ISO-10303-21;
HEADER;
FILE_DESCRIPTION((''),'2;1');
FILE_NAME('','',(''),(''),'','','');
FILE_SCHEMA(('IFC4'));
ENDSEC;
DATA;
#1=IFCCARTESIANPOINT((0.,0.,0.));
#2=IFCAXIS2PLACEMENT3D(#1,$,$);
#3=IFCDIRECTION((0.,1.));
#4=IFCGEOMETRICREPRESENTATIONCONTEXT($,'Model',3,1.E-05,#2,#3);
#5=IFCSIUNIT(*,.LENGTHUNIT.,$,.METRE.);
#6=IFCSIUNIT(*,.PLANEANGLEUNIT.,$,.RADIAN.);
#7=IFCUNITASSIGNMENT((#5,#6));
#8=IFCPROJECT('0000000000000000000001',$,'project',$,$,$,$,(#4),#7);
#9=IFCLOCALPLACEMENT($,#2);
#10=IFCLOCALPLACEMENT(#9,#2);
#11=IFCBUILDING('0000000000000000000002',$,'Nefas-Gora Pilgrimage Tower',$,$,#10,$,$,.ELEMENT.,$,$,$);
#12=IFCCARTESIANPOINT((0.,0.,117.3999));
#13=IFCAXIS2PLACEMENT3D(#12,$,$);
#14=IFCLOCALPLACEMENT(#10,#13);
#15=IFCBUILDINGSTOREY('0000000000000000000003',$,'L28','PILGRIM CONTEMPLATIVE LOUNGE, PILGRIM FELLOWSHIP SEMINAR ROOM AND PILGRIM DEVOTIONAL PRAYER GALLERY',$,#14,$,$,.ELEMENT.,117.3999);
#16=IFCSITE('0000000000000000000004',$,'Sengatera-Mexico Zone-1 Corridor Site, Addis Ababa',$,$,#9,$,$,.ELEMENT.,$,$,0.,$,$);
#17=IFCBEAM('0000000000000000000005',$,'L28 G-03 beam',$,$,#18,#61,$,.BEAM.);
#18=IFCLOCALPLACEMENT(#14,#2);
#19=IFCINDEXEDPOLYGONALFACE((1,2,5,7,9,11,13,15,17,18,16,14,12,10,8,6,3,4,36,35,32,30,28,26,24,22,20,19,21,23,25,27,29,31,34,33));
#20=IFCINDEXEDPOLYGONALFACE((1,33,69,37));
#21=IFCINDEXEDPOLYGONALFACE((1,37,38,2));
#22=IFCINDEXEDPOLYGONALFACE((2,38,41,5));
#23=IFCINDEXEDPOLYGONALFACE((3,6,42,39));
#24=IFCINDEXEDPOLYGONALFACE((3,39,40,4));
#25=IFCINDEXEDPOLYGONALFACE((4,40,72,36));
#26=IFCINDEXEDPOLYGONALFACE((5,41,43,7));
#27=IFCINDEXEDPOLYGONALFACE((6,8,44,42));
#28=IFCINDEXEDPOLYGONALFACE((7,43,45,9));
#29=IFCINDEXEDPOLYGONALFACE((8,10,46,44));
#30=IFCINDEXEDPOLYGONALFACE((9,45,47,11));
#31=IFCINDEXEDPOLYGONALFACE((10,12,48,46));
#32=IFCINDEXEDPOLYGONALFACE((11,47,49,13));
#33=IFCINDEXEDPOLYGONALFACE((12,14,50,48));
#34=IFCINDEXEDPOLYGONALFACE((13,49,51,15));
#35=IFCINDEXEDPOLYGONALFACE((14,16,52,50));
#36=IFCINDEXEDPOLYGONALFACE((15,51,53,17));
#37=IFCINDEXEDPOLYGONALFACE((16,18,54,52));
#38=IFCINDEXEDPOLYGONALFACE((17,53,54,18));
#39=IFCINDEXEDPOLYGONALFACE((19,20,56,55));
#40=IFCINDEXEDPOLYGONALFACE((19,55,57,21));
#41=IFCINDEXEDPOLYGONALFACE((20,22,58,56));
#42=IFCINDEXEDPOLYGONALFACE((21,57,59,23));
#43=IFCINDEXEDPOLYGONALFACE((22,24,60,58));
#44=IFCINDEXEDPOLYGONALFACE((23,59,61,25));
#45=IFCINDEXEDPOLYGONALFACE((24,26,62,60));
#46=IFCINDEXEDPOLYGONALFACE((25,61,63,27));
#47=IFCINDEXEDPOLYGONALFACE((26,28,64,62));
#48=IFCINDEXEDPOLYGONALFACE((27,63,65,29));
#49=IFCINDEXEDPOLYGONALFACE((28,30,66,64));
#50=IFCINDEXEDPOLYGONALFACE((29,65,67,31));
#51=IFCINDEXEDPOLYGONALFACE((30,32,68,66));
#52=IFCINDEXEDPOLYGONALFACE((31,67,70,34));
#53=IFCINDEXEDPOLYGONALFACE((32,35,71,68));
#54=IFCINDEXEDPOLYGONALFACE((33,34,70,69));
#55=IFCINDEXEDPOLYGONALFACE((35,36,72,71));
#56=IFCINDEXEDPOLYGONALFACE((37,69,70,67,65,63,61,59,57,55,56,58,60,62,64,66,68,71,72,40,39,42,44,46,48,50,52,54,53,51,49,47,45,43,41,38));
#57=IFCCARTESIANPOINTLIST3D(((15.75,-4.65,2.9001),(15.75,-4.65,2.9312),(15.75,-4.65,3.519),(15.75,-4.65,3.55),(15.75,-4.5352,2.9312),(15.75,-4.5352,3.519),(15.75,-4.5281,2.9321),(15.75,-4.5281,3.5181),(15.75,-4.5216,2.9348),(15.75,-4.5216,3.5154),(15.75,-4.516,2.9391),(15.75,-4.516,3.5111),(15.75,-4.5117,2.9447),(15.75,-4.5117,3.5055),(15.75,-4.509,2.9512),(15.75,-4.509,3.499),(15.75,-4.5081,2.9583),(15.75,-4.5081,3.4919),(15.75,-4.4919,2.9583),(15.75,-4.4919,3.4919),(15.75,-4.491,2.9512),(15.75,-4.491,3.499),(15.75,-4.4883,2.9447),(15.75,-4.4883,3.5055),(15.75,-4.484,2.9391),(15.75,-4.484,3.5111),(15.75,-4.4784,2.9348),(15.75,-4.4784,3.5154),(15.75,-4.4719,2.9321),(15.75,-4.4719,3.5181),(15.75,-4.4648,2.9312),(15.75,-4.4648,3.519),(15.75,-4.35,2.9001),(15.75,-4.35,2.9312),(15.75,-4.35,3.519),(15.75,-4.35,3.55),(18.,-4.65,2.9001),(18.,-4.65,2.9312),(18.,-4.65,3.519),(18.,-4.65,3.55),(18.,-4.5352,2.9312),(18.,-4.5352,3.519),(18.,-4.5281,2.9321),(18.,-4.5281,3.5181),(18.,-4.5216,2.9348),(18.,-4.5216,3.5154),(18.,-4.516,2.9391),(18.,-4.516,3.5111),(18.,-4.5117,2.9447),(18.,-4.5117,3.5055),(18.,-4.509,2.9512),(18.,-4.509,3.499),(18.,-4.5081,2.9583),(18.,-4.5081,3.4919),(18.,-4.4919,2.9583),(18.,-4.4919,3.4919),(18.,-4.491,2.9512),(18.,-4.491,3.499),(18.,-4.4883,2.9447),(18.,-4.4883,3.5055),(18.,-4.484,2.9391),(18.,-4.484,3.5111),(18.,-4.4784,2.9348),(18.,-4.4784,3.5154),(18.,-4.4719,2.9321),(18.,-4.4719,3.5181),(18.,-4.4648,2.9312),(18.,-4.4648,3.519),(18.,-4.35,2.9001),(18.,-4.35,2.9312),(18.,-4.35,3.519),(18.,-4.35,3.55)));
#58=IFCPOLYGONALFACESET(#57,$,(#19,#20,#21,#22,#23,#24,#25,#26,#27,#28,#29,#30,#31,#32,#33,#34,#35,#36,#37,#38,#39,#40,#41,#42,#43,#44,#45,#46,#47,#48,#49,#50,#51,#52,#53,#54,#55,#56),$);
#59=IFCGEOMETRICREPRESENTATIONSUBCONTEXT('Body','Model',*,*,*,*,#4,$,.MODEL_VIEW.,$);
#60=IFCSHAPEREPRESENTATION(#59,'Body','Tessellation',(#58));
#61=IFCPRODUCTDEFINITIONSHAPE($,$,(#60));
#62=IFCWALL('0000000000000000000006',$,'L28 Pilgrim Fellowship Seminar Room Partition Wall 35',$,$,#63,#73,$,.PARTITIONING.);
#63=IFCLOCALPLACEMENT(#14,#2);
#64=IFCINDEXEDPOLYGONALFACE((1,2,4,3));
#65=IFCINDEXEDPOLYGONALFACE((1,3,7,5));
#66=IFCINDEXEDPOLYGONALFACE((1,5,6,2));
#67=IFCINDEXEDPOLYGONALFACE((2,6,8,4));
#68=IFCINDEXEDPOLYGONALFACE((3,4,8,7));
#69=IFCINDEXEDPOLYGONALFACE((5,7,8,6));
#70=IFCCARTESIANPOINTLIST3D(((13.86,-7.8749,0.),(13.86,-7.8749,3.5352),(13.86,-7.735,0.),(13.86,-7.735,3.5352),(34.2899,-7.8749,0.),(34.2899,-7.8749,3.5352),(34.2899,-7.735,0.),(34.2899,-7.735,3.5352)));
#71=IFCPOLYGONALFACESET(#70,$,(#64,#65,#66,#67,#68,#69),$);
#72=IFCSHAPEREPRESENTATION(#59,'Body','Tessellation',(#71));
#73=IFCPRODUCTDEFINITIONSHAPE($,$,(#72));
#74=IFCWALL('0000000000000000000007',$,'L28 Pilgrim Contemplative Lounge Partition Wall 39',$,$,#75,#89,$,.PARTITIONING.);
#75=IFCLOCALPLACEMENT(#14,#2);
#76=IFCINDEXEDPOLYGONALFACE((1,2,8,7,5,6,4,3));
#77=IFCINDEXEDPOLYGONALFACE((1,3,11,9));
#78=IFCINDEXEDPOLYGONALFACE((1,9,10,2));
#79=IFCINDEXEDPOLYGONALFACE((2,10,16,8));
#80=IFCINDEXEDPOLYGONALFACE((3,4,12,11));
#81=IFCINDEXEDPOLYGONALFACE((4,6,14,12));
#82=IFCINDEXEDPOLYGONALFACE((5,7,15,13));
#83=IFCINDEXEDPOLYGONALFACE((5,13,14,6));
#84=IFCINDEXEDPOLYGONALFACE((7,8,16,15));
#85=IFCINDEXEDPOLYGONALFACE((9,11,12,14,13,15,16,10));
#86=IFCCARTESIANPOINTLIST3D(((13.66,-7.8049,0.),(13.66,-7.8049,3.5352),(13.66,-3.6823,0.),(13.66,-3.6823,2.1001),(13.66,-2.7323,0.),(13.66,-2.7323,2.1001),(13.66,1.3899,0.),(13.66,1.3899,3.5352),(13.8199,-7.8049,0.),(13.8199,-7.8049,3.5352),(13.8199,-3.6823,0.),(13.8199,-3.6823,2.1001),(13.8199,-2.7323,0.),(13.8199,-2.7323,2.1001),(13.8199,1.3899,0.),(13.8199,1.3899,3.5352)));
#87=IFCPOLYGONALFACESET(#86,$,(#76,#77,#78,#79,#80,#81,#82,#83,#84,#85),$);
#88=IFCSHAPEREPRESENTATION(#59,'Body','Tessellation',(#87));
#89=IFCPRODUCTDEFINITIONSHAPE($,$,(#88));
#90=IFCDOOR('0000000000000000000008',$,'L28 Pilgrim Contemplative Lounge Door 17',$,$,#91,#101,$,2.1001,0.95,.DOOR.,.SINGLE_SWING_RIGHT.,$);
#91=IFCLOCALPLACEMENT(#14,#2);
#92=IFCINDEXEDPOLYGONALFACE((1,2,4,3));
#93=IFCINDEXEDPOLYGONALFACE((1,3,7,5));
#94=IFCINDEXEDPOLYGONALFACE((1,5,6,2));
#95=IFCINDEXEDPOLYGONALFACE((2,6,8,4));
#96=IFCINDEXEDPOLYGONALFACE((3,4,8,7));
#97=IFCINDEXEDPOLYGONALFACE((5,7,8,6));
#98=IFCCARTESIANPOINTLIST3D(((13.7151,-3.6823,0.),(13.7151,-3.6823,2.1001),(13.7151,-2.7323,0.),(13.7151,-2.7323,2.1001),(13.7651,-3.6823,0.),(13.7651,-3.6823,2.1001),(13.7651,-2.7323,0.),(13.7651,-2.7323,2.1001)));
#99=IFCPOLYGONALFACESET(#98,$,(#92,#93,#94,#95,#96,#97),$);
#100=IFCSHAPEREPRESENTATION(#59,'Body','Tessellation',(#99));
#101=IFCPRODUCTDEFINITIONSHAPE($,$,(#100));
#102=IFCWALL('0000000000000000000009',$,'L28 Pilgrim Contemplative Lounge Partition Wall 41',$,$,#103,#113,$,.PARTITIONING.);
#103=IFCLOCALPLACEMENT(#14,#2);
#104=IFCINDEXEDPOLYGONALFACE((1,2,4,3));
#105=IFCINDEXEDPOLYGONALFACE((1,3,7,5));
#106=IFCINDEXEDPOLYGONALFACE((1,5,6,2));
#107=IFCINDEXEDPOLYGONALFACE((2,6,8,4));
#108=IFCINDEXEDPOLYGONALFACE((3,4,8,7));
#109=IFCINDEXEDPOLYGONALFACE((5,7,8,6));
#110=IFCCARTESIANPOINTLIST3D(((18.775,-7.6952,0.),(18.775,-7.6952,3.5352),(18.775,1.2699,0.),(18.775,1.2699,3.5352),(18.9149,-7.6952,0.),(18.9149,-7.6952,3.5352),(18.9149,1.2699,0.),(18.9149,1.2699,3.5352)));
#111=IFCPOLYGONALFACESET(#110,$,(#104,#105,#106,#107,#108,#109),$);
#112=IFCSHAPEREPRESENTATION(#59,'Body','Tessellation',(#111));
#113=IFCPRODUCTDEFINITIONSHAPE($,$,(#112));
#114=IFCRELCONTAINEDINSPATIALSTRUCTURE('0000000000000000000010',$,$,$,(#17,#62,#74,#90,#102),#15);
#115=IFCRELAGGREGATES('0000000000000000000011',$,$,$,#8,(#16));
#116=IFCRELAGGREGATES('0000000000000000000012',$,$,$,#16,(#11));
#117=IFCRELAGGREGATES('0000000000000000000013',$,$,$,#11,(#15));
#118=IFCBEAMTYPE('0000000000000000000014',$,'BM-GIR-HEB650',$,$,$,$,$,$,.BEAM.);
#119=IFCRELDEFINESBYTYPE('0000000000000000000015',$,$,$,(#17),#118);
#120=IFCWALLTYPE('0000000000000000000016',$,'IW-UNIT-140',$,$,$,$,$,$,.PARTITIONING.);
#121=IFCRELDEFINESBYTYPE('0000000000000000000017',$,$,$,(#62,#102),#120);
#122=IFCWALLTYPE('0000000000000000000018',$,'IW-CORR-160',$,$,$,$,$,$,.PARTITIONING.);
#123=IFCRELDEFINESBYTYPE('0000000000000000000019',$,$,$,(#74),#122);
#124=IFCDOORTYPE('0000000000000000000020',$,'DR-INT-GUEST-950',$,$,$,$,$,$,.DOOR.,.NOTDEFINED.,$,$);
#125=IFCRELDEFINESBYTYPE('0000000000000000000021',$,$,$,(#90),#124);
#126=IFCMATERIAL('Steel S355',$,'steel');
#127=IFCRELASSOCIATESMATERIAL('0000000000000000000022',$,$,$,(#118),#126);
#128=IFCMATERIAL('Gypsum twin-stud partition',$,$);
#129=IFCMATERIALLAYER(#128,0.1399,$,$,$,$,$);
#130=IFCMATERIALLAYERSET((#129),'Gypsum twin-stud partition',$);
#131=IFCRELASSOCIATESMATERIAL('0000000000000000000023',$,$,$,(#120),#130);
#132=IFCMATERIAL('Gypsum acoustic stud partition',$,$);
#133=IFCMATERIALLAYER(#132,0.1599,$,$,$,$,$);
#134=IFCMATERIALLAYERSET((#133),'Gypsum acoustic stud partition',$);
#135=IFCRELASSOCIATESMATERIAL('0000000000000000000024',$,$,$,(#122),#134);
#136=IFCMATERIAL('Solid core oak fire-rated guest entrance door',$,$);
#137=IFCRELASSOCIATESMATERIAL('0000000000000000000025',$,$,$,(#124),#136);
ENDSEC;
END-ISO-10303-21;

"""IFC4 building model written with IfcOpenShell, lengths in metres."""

from ifc_helpers import new_model, si_unit, direction, frame, frame_2d, origin, origin_2d, place, context, subcontext, project, spatial, rectangle, i_section, extrude, source, transform, mapped, material, layer, layer_set, material_profile, profile_set, type_object, element, fill, save


model = new_model("IFC4")

# Units and contexts
model_context = context("Model", 3, precision=1e-05, world=origin(), true_north=direction((0.0, 1.0)))
body_context = subcontext(model_context, "Body", "Model", "MODEL_VIEW")
ifc_project = project(units=[si_unit("LENGTHUNIT", "METRE"), si_unit("PLANEANGLEUNIT", "RADIAN")], contexts=[model_context])

# Site, building, storey
site_placement = place(None, origin())
site = spatial("IfcSite", under=ifc_project, at=site_placement, Name="Sengatera-Mexico Zone-1 Corridor Site, Addis Ababa", CompositionType="ELEMENT", RefElevation=0.0)
building_placement = place(site_placement, origin())
building = spatial("IfcBuilding", under=site, at=building_placement, Name="Nefas-Gora Pilgrimage Tower", CompositionType="ELEMENT")
storey_placement = place(building_placement, frame((0.0, 0.0, 117.3999)))
storey = spatial("IfcBuildingStorey", under=building, at=storey_placement, Name="L28", Description="PILGRIM CONTEMPLATIVE LOUNGE, PILGRIM FELLOWSHIP SEMINAR ROOM AND PILGRIM DEVOTIONAL PRAYER GALLERY", CompositionType="ELEMENT", Elevation=117.3999)

# Beam
ifc_material_1 = material(Name="Steel S355", Category="steel")
ifc_material_profile_1 = material_profile(ifc_material_1, i_section(OverallWidth=0.3, OverallDepth=0.6499, WebThickness=0.0161, FlangeThickness=0.031, FilletRadius=0.0271, at=origin_2d()), Name="HEB 650")
ifc_profile_set_1 = profile_set([ifc_material_profile_1], Name="Steel S355")
beam_type_1 = type_object("IfcBeamType", Name="BM-GIR-HEB650", PredefinedType="BEAM", material=ifc_profile_set_1)
shared_shape_1 = source(origin(), body_context, "Body", "SweptSolid", [
    extrude(i_section(OverallWidth=0.3, OverallDepth=0.6499, WebThickness=0.0161, FlangeThickness=0.031, FilletRadius=0.0271, at=origin_2d()), origin(), (0.0, 0.0, 1.0), 2.25),
])
for number, where, z_axis, x_axis, name in (
    (1, (15.75, -4.5, 3.2251), (1.0, 0.0, 0.0), (0.0, 1.0, 0.0), "L28 G-03 beam"),
):
    element("IfcBeam", number, at=place(storey_placement, frame(where, z_axis=z_axis, x_axis=x_axis)), inside=storey, type_object=beam_type_1, Name=name, PredefinedType="BEAM", context=body_context, shape_type="MappedRepresentation", body=[
        mapped(shared_shape_1, transform((0.0, 0.0, 0.0), x_axis=(1.0, 0.0, 0.0), y_axis=(0.0, 1.0, 0.0), z_axis=(0.0, 0.0, 1.0), scale=1.0)),
    ])

# Wall
ifc_material_2 = material(Name="Gypsum twin-stud partition")
ifc_layer_1 = layer(ifc_material_2, 0.1399)
ifc_layer_set_1 = layer_set([ifc_layer_1], Name="Gypsum twin-stud partition")
wall_type_1 = type_object("IfcWallType", Name="IW-UNIT-140", PredefinedType="PARTITIONING", material=ifc_layer_set_1)
shared_shape_2 = source(origin(), body_context, "Body", "SweptSolid", [
    extrude(rectangle(XDim=20.4299, YDim=0.1399, at=frame_2d((10.2148, 0.0))), origin(), (0.0, 0.0, 1.0), 3.5352),
])
wall_1_placement = place(storey_placement, frame((13.8601, -7.8049, 0.0), z_axis=(0.0, 0.0, 1.0), x_axis=(1.0, 0.0, 0.0)))
element("IfcWall", 2, at=wall_1_placement, inside=storey, type_object=wall_type_1, Name="L28 Pilgrim Fellowship Seminar Room Partition Wall 35", PredefinedType="PARTITIONING", context=body_context, shape_type="MappedRepresentation", body=[
    mapped(shared_shape_2, transform((0.0, 0.0, 0.0), x_axis=(1.0, 0.0, 0.0), y_axis=(0.0, 1.0, 0.0), z_axis=(0.0, 0.0, 1.0), scale=1.0)),
])

# Wall, opening, door
ifc_material_3 = material(Name="Gypsum acoustic stud partition")
ifc_layer_2 = layer(ifc_material_3, 0.1599)
ifc_layer_set_2 = layer_set([ifc_layer_2], Name="Gypsum acoustic stud partition")
wall_type_2 = type_object("IfcWallType", Name="IW-CORR-160", PredefinedType="PARTITIONING", material=ifc_layer_set_2)
shared_shape_3 = source(origin(), body_context, "Body", "SweptSolid", [
    extrude(rectangle(XDim=9.1948, YDim=0.1599, at=frame_2d((4.5974, 0.0))), origin(), (0.0, 0.0, 1.0), 3.5352),
])
wall_2_placement = place(storey_placement, frame((13.74, -7.8049, 0.0), z_axis=(0.0, 0.0, 1.0), x_axis=(0.0, 1.0, 0.0)))
wall_2 = element("IfcWall", 3, at=wall_2_placement, inside=storey, type_object=wall_type_2, Name="L28 Pilgrim Contemplative Lounge Partition Wall 39", PredefinedType="PARTITIONING", context=body_context, shape_type="MappedRepresentation", body=[
    mapped(shared_shape_3, transform((0.0, 0.0, 0.0), x_axis=(1.0, 0.0, 0.0), y_axis=(0.0, 1.0, 0.0), z_axis=(0.0, 0.0, 1.0), scale=1.0)),
])
opening_placement = place(wall_2_placement, frame((4.1226, 0.0, 0.0)))
opening = element("IfcOpeningElement", 4, at=opening_placement, cuts=wall_2, PredefinedType="OPENING", context=body_context, shape_type="SweptSolid", body=[
    extrude(rectangle(XDim=0.95, YDim=2.1001, at=frame_2d((0.4751, 1.05))), frame((0.0, 0.0898, 0.0), z_axis=(0.0, -1.0, 0.0), x_axis=(1.0, 0.0, 0.0)), (0.0, 0.0, 1.0), 0.1799),
])
ifc_material_4 = material(Name="Solid core oak fire-rated guest entrance door")
door_type = type_object("IfcDoorType", Name="DR-INT-GUEST-950", OperationType="NOTDEFINED", PredefinedType="DOOR", material=ifc_material_4)
shared_shape_4 = source(origin(), body_context, "Body", "SweptSolid", [
    extrude(rectangle(XDim=0.95, YDim=2.1001, at=frame_2d((0.4751, 1.05))), frame((0.0, 0.0249, 0.0), z_axis=(0.0, -1.0, 0.0), x_axis=(1.0, 0.0, 0.0)), (0.0, 0.0, 1.0), 0.05),
])
door_placement = place(opening_placement, origin())
door = element("IfcDoor", 5, at=door_placement, inside=storey, type_object=door_type, Name="L28 Pilgrim Contemplative Lounge Door 17", OperationType="SINGLE_SWING_RIGHT", OverallHeight=2.1001, OverallWidth=0.95, PredefinedType="DOOR", context=body_context, shape_type="MappedRepresentation", body=[
    mapped(shared_shape_4, transform((0.0, 0.0, 0.0), x_axis=(1.0, 0.0, 0.0), y_axis=(0.0, 1.0, 0.0), z_axis=(0.0, 0.0, 1.0), scale=1.0)),
])
fill(opening, door)

# Wall
shared_shape_5 = source(origin(), body_context, "Body", "SweptSolid", [
    extrude(rectangle(XDim=8.9651, YDim=0.1399, at=frame_2d((4.4824, 0.0))), origin(), (0.0, 0.0, 1.0), 3.5352),
])
wall_3_placement = place(storey_placement, frame((18.845, -7.6951, 0.0), z_axis=(0.0, 0.0, 1.0), x_axis=(0.0, 1.0, 0.0)))
element("IfcWall", 6, at=wall_3_placement, inside=storey, type_object=wall_type_1, Name="L28 Pilgrim Contemplative Lounge Partition Wall 41", PredefinedType="PARTITIONING", context=body_context, shape_type="MappedRepresentation", body=[
    mapped(shared_shape_5, transform((0.0, 0.0, 0.0), x_axis=(1.0, 0.0, 0.0), y_axis=(0.0, 1.0, 0.0), z_axis=(0.0, 0.0, 1.0), scale=1.0)),
])

save(model, "model.ifc")
